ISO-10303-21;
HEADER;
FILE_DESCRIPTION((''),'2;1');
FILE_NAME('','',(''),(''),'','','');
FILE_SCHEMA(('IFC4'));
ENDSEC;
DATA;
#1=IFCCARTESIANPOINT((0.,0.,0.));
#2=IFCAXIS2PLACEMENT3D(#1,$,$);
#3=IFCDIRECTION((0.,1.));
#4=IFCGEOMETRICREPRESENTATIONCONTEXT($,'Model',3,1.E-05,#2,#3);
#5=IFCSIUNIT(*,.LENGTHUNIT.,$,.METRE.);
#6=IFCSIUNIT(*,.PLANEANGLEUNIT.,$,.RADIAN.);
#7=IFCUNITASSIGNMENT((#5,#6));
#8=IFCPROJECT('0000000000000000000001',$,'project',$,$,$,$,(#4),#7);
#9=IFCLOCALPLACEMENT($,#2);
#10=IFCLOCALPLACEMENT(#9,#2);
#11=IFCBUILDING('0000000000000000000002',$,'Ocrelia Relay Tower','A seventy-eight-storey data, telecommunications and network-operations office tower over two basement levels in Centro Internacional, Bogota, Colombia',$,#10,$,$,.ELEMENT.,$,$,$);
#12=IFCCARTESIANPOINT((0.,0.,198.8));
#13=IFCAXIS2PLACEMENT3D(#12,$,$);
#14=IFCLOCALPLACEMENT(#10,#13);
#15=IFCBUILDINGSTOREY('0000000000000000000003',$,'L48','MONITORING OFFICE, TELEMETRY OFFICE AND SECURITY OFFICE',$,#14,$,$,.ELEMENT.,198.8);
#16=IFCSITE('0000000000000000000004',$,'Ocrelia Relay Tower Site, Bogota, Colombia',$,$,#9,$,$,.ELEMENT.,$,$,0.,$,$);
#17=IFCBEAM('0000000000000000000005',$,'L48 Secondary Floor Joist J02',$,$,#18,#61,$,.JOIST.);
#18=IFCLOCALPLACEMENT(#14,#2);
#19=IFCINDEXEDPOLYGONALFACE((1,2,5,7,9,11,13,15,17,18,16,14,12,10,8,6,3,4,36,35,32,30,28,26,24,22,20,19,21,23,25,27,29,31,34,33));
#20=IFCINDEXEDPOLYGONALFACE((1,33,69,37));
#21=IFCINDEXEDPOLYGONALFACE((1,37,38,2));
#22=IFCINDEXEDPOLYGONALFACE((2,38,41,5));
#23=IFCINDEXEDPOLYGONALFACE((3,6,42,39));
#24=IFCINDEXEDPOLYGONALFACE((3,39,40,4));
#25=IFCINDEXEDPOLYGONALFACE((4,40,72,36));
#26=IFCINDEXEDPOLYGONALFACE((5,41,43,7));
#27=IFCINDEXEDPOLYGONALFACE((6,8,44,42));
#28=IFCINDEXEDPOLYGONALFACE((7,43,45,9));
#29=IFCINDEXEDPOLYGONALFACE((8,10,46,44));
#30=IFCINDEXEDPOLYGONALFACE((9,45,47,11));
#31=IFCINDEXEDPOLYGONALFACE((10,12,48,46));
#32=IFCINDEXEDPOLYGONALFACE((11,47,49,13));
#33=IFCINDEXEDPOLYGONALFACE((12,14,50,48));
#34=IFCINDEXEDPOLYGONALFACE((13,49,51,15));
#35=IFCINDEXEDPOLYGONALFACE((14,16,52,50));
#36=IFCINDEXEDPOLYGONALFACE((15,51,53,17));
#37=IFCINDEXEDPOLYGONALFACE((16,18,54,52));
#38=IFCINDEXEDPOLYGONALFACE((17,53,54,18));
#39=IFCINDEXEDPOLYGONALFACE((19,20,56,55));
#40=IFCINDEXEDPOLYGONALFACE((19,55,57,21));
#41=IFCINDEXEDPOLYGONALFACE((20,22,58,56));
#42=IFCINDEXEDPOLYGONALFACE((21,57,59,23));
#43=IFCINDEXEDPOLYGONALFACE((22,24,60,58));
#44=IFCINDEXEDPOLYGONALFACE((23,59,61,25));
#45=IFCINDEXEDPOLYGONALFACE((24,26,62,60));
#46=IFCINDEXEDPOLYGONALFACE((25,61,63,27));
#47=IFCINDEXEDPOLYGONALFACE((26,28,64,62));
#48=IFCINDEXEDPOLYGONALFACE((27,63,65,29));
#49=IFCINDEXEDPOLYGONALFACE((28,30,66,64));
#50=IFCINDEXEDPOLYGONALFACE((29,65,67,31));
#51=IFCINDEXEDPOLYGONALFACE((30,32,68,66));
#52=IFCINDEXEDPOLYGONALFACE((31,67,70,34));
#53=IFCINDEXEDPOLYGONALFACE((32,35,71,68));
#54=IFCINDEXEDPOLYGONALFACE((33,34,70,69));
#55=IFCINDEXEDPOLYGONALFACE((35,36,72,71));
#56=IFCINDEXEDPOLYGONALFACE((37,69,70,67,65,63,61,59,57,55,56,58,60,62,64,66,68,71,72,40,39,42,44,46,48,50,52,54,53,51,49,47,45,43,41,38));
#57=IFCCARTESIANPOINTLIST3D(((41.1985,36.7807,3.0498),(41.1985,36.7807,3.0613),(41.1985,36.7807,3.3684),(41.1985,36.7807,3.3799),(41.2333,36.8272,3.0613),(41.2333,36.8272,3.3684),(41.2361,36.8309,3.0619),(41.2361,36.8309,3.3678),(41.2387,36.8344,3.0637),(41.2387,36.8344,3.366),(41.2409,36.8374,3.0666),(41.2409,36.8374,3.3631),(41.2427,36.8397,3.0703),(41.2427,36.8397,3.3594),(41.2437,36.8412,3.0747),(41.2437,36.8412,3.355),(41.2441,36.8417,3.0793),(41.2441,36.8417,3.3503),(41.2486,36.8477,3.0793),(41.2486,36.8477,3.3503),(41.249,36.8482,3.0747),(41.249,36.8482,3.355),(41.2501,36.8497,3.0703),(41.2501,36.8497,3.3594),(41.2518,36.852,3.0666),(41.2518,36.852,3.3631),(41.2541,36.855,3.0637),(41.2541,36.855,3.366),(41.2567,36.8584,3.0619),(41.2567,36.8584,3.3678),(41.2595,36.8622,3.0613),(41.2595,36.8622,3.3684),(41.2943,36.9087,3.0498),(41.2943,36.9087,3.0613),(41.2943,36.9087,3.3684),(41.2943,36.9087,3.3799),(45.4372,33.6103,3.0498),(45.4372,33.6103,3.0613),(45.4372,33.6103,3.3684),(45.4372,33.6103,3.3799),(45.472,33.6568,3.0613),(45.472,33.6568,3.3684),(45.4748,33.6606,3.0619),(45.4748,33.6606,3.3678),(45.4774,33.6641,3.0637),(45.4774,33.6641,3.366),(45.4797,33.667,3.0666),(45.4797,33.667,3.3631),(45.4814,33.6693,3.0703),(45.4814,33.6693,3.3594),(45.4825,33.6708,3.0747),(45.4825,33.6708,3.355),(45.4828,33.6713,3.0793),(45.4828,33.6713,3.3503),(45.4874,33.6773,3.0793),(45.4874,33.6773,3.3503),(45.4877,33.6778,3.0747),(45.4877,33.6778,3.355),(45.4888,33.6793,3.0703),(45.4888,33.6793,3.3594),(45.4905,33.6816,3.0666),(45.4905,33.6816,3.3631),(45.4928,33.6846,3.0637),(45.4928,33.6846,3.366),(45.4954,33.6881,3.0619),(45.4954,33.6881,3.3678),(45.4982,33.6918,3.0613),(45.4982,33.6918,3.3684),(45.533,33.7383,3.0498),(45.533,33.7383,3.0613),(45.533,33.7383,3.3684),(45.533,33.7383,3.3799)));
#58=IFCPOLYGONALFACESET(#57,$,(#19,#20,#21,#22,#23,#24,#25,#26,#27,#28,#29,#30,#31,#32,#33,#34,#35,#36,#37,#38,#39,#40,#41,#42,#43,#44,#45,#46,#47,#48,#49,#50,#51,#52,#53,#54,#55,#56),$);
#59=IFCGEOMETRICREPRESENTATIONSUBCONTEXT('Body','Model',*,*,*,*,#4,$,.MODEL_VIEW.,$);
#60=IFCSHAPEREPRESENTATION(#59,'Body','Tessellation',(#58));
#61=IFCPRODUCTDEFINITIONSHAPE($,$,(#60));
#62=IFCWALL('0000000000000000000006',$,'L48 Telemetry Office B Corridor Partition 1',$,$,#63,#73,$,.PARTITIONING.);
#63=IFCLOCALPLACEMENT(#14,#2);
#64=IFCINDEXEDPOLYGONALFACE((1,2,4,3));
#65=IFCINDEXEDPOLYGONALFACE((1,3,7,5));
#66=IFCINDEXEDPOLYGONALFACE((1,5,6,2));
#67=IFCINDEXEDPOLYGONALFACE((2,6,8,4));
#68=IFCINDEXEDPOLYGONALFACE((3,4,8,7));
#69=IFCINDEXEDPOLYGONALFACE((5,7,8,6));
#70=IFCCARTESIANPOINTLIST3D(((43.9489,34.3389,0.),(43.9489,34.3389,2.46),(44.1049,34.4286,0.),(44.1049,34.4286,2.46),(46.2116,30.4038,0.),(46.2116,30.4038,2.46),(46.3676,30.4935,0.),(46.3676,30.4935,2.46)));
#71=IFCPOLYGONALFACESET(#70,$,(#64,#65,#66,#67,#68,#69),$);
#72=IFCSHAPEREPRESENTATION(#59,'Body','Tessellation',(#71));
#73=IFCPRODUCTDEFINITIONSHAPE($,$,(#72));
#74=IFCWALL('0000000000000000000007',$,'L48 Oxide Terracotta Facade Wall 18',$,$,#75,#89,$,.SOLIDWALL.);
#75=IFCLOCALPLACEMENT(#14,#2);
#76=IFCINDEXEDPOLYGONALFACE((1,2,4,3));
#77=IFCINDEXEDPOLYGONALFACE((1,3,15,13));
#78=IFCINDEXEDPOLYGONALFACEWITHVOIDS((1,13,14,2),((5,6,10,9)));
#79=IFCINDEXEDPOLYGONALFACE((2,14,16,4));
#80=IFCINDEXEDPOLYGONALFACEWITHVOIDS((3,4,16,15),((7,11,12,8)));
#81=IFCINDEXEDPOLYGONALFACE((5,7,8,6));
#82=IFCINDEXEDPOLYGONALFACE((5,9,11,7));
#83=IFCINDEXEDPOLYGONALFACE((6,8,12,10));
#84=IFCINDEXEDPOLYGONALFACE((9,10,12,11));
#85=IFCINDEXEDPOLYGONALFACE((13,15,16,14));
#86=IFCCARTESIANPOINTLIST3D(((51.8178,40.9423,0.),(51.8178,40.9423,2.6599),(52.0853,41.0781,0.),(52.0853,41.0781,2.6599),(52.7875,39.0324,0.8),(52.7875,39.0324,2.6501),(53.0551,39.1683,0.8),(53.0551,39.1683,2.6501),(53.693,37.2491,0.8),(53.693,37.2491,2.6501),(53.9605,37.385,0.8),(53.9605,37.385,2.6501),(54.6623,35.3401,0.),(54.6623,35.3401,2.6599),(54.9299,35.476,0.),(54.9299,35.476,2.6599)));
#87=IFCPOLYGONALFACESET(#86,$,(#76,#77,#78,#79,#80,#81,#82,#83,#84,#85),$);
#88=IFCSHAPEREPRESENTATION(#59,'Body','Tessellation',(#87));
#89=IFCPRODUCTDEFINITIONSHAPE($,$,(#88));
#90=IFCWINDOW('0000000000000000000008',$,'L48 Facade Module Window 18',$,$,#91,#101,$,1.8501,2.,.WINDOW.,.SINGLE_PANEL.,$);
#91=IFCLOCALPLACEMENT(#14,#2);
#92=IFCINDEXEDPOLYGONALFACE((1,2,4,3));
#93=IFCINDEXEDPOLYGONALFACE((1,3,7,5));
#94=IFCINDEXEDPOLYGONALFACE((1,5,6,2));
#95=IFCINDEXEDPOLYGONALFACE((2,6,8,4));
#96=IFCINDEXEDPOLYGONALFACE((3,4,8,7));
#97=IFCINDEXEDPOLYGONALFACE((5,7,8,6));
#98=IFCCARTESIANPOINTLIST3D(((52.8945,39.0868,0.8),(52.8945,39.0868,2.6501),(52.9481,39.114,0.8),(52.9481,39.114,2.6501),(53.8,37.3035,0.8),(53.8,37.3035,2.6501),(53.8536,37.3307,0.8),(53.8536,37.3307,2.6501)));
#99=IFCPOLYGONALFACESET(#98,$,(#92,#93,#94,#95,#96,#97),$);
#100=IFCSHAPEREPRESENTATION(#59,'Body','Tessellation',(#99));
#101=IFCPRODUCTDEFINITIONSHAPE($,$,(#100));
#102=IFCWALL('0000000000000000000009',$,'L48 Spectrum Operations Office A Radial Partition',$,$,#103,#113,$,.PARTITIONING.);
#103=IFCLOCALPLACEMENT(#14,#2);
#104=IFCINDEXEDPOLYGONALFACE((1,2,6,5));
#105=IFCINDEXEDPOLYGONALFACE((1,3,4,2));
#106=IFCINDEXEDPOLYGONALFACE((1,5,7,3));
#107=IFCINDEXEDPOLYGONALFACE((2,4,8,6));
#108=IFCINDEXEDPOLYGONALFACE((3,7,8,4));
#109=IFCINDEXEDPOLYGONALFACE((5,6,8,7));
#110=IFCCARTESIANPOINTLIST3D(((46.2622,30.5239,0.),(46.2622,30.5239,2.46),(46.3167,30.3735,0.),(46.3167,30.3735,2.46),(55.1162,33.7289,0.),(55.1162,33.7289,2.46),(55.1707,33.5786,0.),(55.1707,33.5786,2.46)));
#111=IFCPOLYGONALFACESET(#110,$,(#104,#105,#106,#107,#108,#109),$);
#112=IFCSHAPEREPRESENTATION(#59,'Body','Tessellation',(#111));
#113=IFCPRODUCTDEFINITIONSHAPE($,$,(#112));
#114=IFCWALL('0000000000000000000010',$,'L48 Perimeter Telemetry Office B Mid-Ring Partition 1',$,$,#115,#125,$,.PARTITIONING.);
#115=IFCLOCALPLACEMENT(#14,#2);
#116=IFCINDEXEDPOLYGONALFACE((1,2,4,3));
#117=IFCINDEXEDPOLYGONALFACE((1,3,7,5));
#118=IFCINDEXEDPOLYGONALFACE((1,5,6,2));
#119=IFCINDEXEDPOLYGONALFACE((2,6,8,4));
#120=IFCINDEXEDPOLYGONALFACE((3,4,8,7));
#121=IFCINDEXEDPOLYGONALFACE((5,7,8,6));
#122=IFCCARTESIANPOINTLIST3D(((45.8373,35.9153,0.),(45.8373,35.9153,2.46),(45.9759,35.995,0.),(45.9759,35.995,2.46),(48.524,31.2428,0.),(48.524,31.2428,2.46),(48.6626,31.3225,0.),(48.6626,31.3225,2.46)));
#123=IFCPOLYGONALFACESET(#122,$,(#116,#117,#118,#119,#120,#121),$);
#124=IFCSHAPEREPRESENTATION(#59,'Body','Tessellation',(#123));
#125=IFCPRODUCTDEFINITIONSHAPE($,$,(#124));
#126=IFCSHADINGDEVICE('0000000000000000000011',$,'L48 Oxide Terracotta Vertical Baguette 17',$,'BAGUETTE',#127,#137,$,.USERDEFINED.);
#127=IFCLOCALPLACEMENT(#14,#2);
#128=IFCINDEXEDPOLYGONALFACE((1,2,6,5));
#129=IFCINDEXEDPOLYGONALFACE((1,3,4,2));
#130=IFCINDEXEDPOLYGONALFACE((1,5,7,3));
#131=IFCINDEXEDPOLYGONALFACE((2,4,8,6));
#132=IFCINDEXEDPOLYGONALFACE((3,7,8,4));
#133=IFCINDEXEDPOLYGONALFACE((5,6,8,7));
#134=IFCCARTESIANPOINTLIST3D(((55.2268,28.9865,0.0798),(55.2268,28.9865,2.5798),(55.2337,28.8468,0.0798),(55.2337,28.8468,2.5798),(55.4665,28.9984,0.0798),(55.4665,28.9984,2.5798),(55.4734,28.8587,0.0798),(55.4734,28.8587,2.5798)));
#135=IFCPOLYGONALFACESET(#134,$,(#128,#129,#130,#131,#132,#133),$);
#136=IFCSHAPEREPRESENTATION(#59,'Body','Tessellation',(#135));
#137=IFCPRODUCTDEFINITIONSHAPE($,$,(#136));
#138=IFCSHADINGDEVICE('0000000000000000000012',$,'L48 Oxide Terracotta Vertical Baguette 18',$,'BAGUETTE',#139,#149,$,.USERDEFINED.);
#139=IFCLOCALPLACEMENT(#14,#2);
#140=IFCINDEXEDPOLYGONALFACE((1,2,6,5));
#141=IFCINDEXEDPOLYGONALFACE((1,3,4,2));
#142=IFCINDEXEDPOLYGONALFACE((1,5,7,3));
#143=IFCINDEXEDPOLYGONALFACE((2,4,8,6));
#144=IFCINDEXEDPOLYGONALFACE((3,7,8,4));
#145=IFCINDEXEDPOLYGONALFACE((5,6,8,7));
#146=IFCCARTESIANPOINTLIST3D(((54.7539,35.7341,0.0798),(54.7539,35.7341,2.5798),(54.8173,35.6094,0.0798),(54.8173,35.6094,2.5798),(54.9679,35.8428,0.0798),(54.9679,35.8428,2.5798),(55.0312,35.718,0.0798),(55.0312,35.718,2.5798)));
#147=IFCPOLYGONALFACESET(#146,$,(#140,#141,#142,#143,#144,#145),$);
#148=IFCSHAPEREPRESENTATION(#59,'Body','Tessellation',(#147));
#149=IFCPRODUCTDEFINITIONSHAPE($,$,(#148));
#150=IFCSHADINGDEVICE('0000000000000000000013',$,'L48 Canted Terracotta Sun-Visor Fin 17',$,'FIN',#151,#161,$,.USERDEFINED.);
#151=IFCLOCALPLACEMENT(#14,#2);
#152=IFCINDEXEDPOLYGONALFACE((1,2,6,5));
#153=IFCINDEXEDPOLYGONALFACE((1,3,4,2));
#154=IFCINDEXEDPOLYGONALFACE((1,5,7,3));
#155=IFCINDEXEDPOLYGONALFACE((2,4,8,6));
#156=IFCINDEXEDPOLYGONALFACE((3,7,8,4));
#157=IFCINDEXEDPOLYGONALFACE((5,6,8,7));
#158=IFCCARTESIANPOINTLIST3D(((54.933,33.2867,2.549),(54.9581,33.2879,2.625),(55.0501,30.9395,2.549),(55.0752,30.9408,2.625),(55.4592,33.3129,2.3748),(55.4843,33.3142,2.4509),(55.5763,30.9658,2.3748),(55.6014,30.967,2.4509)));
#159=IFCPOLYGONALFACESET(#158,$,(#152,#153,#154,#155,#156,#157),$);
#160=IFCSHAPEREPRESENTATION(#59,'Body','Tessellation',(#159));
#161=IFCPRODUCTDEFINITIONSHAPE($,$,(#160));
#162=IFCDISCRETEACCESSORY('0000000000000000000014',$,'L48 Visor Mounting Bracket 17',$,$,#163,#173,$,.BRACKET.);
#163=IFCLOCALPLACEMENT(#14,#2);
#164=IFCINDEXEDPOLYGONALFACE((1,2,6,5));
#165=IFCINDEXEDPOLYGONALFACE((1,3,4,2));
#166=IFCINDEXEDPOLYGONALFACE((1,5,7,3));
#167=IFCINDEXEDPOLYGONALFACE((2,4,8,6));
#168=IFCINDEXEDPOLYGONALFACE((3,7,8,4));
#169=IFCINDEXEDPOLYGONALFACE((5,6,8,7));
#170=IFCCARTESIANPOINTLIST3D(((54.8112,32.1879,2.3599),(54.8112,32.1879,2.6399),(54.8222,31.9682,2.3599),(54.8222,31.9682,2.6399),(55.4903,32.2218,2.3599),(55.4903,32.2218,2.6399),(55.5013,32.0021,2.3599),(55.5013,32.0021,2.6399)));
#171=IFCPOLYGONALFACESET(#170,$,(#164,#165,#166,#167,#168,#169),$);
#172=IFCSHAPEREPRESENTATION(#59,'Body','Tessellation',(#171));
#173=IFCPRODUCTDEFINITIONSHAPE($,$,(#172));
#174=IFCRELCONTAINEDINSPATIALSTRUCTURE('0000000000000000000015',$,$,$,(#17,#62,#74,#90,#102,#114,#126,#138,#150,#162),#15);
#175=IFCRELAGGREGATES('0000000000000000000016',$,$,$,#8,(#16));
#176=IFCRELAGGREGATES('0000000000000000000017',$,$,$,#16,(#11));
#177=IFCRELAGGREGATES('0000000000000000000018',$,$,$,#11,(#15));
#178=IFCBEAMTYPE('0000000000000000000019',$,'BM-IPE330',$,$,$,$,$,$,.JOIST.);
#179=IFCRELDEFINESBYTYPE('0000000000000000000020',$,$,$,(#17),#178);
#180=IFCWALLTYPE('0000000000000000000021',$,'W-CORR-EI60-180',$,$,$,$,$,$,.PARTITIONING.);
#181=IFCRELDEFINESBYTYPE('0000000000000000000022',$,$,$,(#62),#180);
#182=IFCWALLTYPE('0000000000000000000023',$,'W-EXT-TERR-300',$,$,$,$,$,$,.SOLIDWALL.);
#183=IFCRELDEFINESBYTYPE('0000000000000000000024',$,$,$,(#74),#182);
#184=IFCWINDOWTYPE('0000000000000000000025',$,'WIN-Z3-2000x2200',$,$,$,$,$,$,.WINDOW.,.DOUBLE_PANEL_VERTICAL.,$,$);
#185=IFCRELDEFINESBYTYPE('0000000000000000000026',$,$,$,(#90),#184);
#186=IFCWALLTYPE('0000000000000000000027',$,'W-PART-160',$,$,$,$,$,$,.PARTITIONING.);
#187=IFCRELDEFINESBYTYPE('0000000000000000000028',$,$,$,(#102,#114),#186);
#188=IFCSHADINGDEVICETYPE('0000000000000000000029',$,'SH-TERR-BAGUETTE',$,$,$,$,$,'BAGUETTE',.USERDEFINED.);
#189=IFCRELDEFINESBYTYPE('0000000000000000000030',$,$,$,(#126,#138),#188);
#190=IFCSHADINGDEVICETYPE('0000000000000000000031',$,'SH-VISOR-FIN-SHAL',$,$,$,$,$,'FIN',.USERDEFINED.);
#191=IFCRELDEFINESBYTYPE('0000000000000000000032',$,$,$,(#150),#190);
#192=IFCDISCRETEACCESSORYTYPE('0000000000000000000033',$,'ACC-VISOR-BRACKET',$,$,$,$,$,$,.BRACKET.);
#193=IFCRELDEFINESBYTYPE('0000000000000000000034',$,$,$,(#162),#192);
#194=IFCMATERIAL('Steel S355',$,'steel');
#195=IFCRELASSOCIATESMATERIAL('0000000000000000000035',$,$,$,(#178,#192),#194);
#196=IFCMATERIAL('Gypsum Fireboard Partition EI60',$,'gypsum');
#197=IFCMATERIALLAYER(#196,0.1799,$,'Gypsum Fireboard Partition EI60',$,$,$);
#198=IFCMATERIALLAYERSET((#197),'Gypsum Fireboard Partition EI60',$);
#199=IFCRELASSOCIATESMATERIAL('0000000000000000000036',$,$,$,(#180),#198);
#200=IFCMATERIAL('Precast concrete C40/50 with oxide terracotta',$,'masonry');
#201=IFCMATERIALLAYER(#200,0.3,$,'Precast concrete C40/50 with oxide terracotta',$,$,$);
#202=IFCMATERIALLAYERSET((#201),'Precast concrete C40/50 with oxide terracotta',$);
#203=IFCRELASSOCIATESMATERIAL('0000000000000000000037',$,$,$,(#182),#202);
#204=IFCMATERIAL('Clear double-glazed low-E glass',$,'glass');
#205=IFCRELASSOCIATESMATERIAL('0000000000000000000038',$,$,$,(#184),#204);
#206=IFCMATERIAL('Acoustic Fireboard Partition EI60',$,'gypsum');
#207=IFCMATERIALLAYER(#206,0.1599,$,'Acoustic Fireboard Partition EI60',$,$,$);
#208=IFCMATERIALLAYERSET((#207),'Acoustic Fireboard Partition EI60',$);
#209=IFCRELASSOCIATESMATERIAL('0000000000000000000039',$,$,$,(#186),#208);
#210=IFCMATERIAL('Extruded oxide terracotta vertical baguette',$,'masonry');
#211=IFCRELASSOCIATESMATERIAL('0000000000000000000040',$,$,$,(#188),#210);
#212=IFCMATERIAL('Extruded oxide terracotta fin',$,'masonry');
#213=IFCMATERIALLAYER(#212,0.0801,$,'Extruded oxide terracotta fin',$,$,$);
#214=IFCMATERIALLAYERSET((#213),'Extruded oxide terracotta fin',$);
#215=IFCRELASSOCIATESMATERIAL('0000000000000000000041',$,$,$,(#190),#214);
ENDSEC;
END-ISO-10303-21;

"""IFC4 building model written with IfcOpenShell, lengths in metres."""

from ifc_helpers import new_model, si_unit, direction, frame, frame_2d, origin, origin_2d, place, context, subcontext, project, spatial, rectangle, i_section, extrude, material, layer, layer_set, material_profile, profile_set, type_object, element, fill, save


model = new_model("IFC4")

# Units and contexts
model_context = context("Model", 3, precision=1e-05, world=origin(), true_north=direction((0.0, 1.0)))
body_context = subcontext(model_context, "Body", "Model", "MODEL_VIEW")
ifc_project = project(units=[si_unit("LENGTHUNIT", "METRE"), si_unit("PLANEANGLEUNIT", "RADIAN")], contexts=[model_context])

# Site, building, storey
site_placement = place(None, origin())
site = spatial("IfcSite", under=ifc_project, at=site_placement, Name="Ocrelia Relay Tower Site, Bogota, Colombia", CompositionType="ELEMENT", RefElevation=0.0)
building_placement = place(site_placement, origin())
building = spatial("IfcBuilding", under=site, at=building_placement, Name="Ocrelia Relay Tower", Description="A seventy-eight-storey data, telecommunications and network-operations office tower over two basement levels in Centro Internacional, Bogota, Colombia", CompositionType="ELEMENT")
storey_placement = place(building_placement, frame((0.0, 0.0, 198.8)))
storey = spatial("IfcBuildingStorey", under=building, at=storey_placement, Name="L48", Description="MONITORING OFFICE, TELEMETRY OFFICE AND SECURITY OFFICE", CompositionType="ELEMENT", Elevation=198.8)

# Beam
ifc_material_1 = material(Name="Steel S355", Category="steel")
ifc_material_profile_1 = material_profile(ifc_material_1, i_section(OverallWidth=0.1599, OverallDepth=0.3301, WebThickness=0.0076, FlangeThickness=0.0115, FilletRadius=0.0181, at=origin_2d()), Name="IPE 330")
ifc_profile_set_1 = profile_set([ifc_material_profile_1], Name="Steel S355")
beam_type_1 = type_object("IfcBeamType", Name="BM-IPE330", PredefinedType="JOIST", material=ifc_profile_set_1)
beam_1_placement = place(storey_placement, frame((45.4851, 33.6743, 3.2148), z_axis=(-0.800785, 0.598952, 0.0), x_axis=(-0.598952, -0.800785, 0.0)))
element("IfcBeam", 1, at=beam_1_placement, inside=storey, type_object=beam_type_1, Name="L48 Secondary Floor Joist J02", PredefinedType="JOIST", context=body_context, shape_type="SweptSolid", body=[
    extrude(i_section(OverallWidth=0.1599, OverallDepth=0.3301, WebThickness=0.0076, FlangeThickness=0.0115, FilletRadius=0.0181, at=origin_2d()), origin(), (0.0, 0.0, 1.0), 5.2932),
])

# Wall
ifc_material_2 = material(Name="Gypsum Fireboard Partition EI60", Category="gypsum")
ifc_layer_1 = layer(ifc_material_2, 0.1799, Name="Gypsum Fireboard Partition EI60")
ifc_layer_set_1 = layer_set([ifc_layer_1], Name="Gypsum Fireboard Partition EI60")
wall_type_1 = type_object("IfcWallType", Name="W-CORR-EI60-180", PredefinedType="PARTITIONING", material=ifc_layer_set_1)
wall_1_placement = place(storey_placement, frame((46.2896, 30.4487, 0.0), z_axis=(0.0, 0.0, 1.0), x_axis=(-0.498477, 0.866903, 0.0)))
element("IfcWall", 2, at=wall_1_placement, inside=storey, type_object=wall_type_1, Name="L48 Telemetry Office B Corridor Partition 1", PredefinedType="PARTITIONING", context=body_context, shape_type="SweptSolid", body=[
    extrude(rectangle(XDim=4.5393, YDim=0.1799, at=frame_2d((2.2695, 0.0))), origin(), (0.0, 0.0, 1.0), 2.46),
])

# Wall, opening, window
ifc_material_3 = material(Name="Precast concrete C40/50 with oxide terracotta", Category="masonry")
ifc_layer_2 = layer(ifc_material_3, 0.3, Name="Precast concrete C40/50 with oxide terracotta")
ifc_layer_set_2 = layer_set([ifc_layer_2], Name="Precast concrete C40/50 with oxide terracotta")
wall_type_2 = type_object("IfcWallType", Name="W-EXT-TERR-300", PredefinedType="SOLIDWALL", material=ifc_layer_set_2)
wall_2_placement = place(storey_placement, frame((54.7961, 35.408, 0.0), z_axis=(0.0, 0.0, 1.0), x_axis=(-0.452738, 0.891643, 0.0)))
wall_2 = element("IfcWall", 3, at=wall_2_placement, inside=storey, type_object=wall_type_2, Name="L48 Oxide Terracotta Facade Wall 18", PredefinedType="SOLIDWALL", context=body_context, shape_type="SweptSolid", body=[
    extrude(rectangle(XDim=6.283, YDim=0.3, at=frame_2d((3.1416, 0.0))), origin(), (0.0, 0.0, 1.0), 2.6599),
])
opening_1_placement = place(wall_2_placement, frame((2.1411, 0.0, 0.8)))
opening_1 = element("IfcOpeningElement", 4, at=opening_1_placement, cuts=wall_2, PredefinedType="OPENING", context=body_context, shape_type="SweptSolid", body=[
    extrude(rectangle(XDim=2.0, YDim=1.8501, at=frame_2d((1.0, 0.925))), frame((0.0, 0.1602, 0.0), z_axis=(0.0, -1.0, 0.0), x_axis=(1.0, 0.0, 0.0)), (0.0, 0.0, 1.0), 0.3201),
])
ifc_material_4 = material(Name="Clear double-glazed low-E glass", Category="glass")
window_type = type_object("IfcWindowType", Name="WIN-Z3-2000x2200", PartitioningType="DOUBLE_PANEL_VERTICAL", PredefinedType="WINDOW", material=ifc_material_4)
window_placement = place(opening_1_placement, origin())
window = element("IfcWindow", 5, at=window_placement, inside=storey, type_object=window_type, Name="L48 Facade Module Window 18", OverallHeight=1.8501, OverallWidth=2.0, PartitioningType="SINGLE_PANEL", PredefinedType="WINDOW", context=body_context, shape_type="SweptSolid", body=[
    extrude(rectangle(XDim=2.0, YDim=1.8501, at=frame_2d((1.0, 0.925))), frame((0.0, 0.03, 0.0), z_axis=(0.0, -1.0, 0.0), x_axis=(1.0, 0.0, 0.0)), (0.0, 0.0, 1.0), 0.0601),
])
fill(opening_1, window)

# Walls
ifc_material_5 = material(Name="Acoustic Fireboard Partition EI60", Category="gypsum")
ifc_layer_3 = layer(ifc_material_5, 0.1599, Name="Acoustic Fireboard Partition EI60")
ifc_layer_set_3 = layer_set([ifc_layer_3], Name="Acoustic Fireboard Partition EI60")
wall_type_3 = type_object("IfcWallType", Name="W-PART-160", PredefinedType="PARTITIONING", material=ifc_layer_set_3)
wall_3_placement = place(storey_placement, frame((46.2896, 30.4487, 0.0), z_axis=(0.0, 0.0, 1.0), x_axis=(0.940289, 0.340377, 0.0)))
element("IfcWall", 6, at=wall_3_placement, inside=storey, type_object=wall_type_3, Name="L48 Spectrum Operations Office A Radial Partition", PredefinedType="PARTITIONING", context=body_context, shape_type="SweptSolid", body=[
    extrude(rectangle(XDim=9.4163, YDim=0.1599, at=frame_2d((4.708, 0.0))), origin(), (0.0, 0.0, 1.0), 2.46),
])
wall_4_placement = place(storey_placement, frame((48.5933, 31.2827, 0.0), z_axis=(0.0, 0.0, 1.0), x_axis=(-0.498474, 0.866905, 0.0)))
element("IfcWall", 7, at=wall_4_placement, inside=storey, type_object=wall_type_3, Name="L48 Perimeter Telemetry Office B Mid-Ring Partition 1", PredefinedType="PARTITIONING", context=body_context, shape_type="SweptSolid", body=[
    extrude(rectangle(XDim=5.3899, YDim=0.1599, at=frame_2d((2.6948, 0.0))), origin(), (0.0, 0.0, 1.0), 2.46),
])

# Shading devices
ifc_material_6 = material(Name="Extruded oxide terracotta vertical baguette", Category="masonry")
shading_device_type_1 = type_object("IfcShadingDeviceType", Name="SH-TERR-BAGUETTE", ElementType="BAGUETTE", PredefinedType="USERDEFINED", material=ifc_material_6)
for number, where, z_axis, x_axis, name in (
    (8, (55.3501, 28.9226, 0.0798), (0.0, 0.0, 1.0), (-0.049829, 0.998758, 0.0), "L48 Oxide Terracotta Vertical Baguette 17"),
    (9, (54.8926, 35.7261, 0.0798), (0.0, 0.0, 1.0), (-0.452738, 0.891644, 0.0), "L48 Oxide Terracotta Vertical Baguette 18"),
):
    element("IfcShadingDevice", number, at=place(storey_placement, frame(where, z_axis=z_axis, x_axis=x_axis)), inside=storey, type_object=shading_device_type_1, Name=name, ObjectType="BAGUETTE", PredefinedType="USERDEFINED", context=body_context, shape_type="SweptSolid", body=[
        extrude(rectangle(XDim=0.1399, YDim=0.24, at=origin_2d()), origin(), (0.0, 0.0, 1.0), 2.5),
    ])
ifc_material_7 = material(Name="Extruded oxide terracotta fin", Category="masonry")
ifc_layer_4 = layer(ifc_material_7, 0.0801, Name="Extruded oxide terracotta fin")
ifc_layer_set_4 = layer_set([ifc_layer_4], Name="Extruded oxide terracotta fin")
shading_device_type_2 = type_object("IfcShadingDeviceType", Name="SH-VISOR-FIN-SHAL", ElementType="FIN", PredefinedType="USERDEFINED", material=ifc_layer_set_4)
shading_device_placement = place(storey_placement, frame((55.2546, 32.1262, 2.4619), z_axis=(0.313437, 0.015638, 0.94948), x_axis=(-0.049829, 0.998758, 0.0)))
element("IfcShadingDevice", 10, at=shading_device_placement, inside=storey, type_object=shading_device_type_2, Name="L48 Canted Terracotta Sun-Visor Fin 17", ObjectType="FIN", PredefinedType="USERDEFINED", context=body_context, shape_type="SweptSolid", body=[
    extrude(rectangle(XDim=2.3501, YDim=0.5549, at=origin_2d()), origin(), (0.0, 0.0, 1.0), 0.0801),
])

# Discrete accessory
discrete_accessory_type = type_object("IfcDiscreteAccessoryType", Name="ACC-VISOR-BRACKET", PredefinedType="BRACKET", material=ifc_material_1)
discrete_accessory_placement = place(storey_placement, frame((55.1562, 32.095, 2.3599), z_axis=(0.0, 0.0, 1.0), x_axis=(-0.049829, 0.998758, 0.0)))
element("IfcDiscreteAccessory", 11, at=discrete_accessory_placement, inside=storey, type_object=discrete_accessory_type, Name="L48 Visor Mounting Bracket 17", PredefinedType="BRACKET", context=body_context, shape_type="SweptSolid", body=[
    extrude(rectangle(XDim=0.22, YDim=0.6799, at=origin_2d()), origin(), (0.0, 0.0, 1.0), 0.28),
])

save(model, "model.ifc")
